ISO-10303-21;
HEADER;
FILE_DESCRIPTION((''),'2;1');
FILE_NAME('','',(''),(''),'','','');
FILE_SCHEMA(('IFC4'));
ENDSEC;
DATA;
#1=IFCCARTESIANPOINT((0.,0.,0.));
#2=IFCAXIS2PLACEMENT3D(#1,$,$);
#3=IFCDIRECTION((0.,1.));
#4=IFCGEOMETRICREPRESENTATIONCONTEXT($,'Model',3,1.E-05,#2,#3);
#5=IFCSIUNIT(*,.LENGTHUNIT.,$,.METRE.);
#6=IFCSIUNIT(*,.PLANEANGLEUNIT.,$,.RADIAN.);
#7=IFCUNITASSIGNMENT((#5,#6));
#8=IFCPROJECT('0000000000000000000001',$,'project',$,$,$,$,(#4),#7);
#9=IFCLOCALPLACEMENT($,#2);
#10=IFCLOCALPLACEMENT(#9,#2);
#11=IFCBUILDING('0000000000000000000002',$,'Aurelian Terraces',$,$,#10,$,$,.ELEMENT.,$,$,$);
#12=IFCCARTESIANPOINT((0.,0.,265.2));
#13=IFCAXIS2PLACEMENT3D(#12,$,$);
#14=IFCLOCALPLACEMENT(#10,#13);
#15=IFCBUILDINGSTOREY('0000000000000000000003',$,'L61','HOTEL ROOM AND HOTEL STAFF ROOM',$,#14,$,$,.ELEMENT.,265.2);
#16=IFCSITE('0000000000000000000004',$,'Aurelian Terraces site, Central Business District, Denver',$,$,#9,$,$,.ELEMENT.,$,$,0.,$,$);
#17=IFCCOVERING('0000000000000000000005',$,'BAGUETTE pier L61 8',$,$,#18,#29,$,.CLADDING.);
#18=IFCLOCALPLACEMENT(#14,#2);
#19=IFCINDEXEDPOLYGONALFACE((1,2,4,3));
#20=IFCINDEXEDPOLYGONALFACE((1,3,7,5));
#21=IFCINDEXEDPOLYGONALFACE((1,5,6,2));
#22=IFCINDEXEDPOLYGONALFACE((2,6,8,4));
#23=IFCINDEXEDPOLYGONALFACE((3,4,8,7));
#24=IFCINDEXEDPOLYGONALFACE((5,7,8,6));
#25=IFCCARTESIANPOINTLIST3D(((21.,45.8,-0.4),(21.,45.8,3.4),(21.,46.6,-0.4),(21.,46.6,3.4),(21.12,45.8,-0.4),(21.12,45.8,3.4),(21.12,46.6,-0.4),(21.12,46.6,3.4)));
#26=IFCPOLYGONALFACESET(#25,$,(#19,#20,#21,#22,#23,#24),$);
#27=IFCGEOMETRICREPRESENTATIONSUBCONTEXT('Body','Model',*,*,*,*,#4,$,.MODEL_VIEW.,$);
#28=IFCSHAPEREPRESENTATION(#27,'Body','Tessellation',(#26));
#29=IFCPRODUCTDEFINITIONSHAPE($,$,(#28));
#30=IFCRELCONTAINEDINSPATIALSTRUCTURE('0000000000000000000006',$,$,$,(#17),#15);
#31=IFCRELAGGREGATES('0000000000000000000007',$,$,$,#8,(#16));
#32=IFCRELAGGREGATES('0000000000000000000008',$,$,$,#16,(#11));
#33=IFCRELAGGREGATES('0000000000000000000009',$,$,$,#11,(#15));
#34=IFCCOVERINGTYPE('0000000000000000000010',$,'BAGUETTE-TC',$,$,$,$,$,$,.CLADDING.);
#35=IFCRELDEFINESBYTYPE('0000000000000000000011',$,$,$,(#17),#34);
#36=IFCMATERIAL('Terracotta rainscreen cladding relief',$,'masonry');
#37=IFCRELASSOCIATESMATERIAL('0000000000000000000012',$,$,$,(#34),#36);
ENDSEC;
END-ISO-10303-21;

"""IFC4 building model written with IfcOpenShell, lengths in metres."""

from ifc_helpers import new_model, si_unit, direction, frame, origin, origin_2d, place, context, subcontext, project, spatial, rectangle, extrude, source, transform, mapped, material, type_object, element, save


model = new_model("IFC4")

# Units and contexts
model_context = context("Model", 3, precision=1e-05, world=origin(), true_north=direction((0.0, 1.0)))
body_context = subcontext(model_context, "Body", "Model", "MODEL_VIEW")
ifc_project = project(units=[si_unit("LENGTHUNIT", "METRE"), si_unit("PLANEANGLEUNIT", "RADIAN")], contexts=[model_context])

# Site, building, storey
site_placement = place(None, origin())
site = spatial("IfcSite", under=ifc_project, at=site_placement, Name="Aurelian Terraces site, Central Business District, Denver", CompositionType="ELEMENT", RefElevation=0.0)
building_placement = place(site_placement, origin())
building = spatial("IfcBuilding", under=site, at=building_placement, Name="Aurelian Terraces", CompositionType="ELEMENT")
storey_placement = place(building_placement, frame((0.0, 0.0, 265.2)))
storey = spatial("IfcBuildingStorey", under=building, at=storey_placement, Name="L61", Description="HOTEL ROOM AND HOTEL STAFF ROOM", CompositionType="ELEMENT", Elevation=265.2)

# Covering
ifc_material_1 = material(Name="Terracotta rainscreen cladding relief", Category="masonry")
covering_type = type_object("IfcCoveringType", Name="BAGUETTE-TC", PredefinedType="CLADDING", material=ifc_material_1)
shared_shape_1 = source(origin(), body_context, "Body", "SweptSolid", [
    extrude(rectangle(XDim=0.12, YDim=0.8, at=origin_2d()), origin(), (0.0, 0.0, 1.0), 3.8),
])
for number, where, z_axis, x_axis, name in (
    (1, (21.06, 46.2, -0.4), (0.0, 0.0, 1.0), (1.0, 0.0, 0.0), "BAGUETTE pier L61 8"),
):
    element("IfcCovering", number, at=place(storey_placement, frame(where, z_axis=z_axis, x_axis=x_axis)), inside=storey, type_object=covering_type, Name=name, PredefinedType="CLADDING", context=body_context, shape_type="MappedRepresentation", body=[
        mapped(shared_shape_1, transform((0.0, 0.0, 0.0), scale=1.0)),
    ])

save(model, "model.ifc")
